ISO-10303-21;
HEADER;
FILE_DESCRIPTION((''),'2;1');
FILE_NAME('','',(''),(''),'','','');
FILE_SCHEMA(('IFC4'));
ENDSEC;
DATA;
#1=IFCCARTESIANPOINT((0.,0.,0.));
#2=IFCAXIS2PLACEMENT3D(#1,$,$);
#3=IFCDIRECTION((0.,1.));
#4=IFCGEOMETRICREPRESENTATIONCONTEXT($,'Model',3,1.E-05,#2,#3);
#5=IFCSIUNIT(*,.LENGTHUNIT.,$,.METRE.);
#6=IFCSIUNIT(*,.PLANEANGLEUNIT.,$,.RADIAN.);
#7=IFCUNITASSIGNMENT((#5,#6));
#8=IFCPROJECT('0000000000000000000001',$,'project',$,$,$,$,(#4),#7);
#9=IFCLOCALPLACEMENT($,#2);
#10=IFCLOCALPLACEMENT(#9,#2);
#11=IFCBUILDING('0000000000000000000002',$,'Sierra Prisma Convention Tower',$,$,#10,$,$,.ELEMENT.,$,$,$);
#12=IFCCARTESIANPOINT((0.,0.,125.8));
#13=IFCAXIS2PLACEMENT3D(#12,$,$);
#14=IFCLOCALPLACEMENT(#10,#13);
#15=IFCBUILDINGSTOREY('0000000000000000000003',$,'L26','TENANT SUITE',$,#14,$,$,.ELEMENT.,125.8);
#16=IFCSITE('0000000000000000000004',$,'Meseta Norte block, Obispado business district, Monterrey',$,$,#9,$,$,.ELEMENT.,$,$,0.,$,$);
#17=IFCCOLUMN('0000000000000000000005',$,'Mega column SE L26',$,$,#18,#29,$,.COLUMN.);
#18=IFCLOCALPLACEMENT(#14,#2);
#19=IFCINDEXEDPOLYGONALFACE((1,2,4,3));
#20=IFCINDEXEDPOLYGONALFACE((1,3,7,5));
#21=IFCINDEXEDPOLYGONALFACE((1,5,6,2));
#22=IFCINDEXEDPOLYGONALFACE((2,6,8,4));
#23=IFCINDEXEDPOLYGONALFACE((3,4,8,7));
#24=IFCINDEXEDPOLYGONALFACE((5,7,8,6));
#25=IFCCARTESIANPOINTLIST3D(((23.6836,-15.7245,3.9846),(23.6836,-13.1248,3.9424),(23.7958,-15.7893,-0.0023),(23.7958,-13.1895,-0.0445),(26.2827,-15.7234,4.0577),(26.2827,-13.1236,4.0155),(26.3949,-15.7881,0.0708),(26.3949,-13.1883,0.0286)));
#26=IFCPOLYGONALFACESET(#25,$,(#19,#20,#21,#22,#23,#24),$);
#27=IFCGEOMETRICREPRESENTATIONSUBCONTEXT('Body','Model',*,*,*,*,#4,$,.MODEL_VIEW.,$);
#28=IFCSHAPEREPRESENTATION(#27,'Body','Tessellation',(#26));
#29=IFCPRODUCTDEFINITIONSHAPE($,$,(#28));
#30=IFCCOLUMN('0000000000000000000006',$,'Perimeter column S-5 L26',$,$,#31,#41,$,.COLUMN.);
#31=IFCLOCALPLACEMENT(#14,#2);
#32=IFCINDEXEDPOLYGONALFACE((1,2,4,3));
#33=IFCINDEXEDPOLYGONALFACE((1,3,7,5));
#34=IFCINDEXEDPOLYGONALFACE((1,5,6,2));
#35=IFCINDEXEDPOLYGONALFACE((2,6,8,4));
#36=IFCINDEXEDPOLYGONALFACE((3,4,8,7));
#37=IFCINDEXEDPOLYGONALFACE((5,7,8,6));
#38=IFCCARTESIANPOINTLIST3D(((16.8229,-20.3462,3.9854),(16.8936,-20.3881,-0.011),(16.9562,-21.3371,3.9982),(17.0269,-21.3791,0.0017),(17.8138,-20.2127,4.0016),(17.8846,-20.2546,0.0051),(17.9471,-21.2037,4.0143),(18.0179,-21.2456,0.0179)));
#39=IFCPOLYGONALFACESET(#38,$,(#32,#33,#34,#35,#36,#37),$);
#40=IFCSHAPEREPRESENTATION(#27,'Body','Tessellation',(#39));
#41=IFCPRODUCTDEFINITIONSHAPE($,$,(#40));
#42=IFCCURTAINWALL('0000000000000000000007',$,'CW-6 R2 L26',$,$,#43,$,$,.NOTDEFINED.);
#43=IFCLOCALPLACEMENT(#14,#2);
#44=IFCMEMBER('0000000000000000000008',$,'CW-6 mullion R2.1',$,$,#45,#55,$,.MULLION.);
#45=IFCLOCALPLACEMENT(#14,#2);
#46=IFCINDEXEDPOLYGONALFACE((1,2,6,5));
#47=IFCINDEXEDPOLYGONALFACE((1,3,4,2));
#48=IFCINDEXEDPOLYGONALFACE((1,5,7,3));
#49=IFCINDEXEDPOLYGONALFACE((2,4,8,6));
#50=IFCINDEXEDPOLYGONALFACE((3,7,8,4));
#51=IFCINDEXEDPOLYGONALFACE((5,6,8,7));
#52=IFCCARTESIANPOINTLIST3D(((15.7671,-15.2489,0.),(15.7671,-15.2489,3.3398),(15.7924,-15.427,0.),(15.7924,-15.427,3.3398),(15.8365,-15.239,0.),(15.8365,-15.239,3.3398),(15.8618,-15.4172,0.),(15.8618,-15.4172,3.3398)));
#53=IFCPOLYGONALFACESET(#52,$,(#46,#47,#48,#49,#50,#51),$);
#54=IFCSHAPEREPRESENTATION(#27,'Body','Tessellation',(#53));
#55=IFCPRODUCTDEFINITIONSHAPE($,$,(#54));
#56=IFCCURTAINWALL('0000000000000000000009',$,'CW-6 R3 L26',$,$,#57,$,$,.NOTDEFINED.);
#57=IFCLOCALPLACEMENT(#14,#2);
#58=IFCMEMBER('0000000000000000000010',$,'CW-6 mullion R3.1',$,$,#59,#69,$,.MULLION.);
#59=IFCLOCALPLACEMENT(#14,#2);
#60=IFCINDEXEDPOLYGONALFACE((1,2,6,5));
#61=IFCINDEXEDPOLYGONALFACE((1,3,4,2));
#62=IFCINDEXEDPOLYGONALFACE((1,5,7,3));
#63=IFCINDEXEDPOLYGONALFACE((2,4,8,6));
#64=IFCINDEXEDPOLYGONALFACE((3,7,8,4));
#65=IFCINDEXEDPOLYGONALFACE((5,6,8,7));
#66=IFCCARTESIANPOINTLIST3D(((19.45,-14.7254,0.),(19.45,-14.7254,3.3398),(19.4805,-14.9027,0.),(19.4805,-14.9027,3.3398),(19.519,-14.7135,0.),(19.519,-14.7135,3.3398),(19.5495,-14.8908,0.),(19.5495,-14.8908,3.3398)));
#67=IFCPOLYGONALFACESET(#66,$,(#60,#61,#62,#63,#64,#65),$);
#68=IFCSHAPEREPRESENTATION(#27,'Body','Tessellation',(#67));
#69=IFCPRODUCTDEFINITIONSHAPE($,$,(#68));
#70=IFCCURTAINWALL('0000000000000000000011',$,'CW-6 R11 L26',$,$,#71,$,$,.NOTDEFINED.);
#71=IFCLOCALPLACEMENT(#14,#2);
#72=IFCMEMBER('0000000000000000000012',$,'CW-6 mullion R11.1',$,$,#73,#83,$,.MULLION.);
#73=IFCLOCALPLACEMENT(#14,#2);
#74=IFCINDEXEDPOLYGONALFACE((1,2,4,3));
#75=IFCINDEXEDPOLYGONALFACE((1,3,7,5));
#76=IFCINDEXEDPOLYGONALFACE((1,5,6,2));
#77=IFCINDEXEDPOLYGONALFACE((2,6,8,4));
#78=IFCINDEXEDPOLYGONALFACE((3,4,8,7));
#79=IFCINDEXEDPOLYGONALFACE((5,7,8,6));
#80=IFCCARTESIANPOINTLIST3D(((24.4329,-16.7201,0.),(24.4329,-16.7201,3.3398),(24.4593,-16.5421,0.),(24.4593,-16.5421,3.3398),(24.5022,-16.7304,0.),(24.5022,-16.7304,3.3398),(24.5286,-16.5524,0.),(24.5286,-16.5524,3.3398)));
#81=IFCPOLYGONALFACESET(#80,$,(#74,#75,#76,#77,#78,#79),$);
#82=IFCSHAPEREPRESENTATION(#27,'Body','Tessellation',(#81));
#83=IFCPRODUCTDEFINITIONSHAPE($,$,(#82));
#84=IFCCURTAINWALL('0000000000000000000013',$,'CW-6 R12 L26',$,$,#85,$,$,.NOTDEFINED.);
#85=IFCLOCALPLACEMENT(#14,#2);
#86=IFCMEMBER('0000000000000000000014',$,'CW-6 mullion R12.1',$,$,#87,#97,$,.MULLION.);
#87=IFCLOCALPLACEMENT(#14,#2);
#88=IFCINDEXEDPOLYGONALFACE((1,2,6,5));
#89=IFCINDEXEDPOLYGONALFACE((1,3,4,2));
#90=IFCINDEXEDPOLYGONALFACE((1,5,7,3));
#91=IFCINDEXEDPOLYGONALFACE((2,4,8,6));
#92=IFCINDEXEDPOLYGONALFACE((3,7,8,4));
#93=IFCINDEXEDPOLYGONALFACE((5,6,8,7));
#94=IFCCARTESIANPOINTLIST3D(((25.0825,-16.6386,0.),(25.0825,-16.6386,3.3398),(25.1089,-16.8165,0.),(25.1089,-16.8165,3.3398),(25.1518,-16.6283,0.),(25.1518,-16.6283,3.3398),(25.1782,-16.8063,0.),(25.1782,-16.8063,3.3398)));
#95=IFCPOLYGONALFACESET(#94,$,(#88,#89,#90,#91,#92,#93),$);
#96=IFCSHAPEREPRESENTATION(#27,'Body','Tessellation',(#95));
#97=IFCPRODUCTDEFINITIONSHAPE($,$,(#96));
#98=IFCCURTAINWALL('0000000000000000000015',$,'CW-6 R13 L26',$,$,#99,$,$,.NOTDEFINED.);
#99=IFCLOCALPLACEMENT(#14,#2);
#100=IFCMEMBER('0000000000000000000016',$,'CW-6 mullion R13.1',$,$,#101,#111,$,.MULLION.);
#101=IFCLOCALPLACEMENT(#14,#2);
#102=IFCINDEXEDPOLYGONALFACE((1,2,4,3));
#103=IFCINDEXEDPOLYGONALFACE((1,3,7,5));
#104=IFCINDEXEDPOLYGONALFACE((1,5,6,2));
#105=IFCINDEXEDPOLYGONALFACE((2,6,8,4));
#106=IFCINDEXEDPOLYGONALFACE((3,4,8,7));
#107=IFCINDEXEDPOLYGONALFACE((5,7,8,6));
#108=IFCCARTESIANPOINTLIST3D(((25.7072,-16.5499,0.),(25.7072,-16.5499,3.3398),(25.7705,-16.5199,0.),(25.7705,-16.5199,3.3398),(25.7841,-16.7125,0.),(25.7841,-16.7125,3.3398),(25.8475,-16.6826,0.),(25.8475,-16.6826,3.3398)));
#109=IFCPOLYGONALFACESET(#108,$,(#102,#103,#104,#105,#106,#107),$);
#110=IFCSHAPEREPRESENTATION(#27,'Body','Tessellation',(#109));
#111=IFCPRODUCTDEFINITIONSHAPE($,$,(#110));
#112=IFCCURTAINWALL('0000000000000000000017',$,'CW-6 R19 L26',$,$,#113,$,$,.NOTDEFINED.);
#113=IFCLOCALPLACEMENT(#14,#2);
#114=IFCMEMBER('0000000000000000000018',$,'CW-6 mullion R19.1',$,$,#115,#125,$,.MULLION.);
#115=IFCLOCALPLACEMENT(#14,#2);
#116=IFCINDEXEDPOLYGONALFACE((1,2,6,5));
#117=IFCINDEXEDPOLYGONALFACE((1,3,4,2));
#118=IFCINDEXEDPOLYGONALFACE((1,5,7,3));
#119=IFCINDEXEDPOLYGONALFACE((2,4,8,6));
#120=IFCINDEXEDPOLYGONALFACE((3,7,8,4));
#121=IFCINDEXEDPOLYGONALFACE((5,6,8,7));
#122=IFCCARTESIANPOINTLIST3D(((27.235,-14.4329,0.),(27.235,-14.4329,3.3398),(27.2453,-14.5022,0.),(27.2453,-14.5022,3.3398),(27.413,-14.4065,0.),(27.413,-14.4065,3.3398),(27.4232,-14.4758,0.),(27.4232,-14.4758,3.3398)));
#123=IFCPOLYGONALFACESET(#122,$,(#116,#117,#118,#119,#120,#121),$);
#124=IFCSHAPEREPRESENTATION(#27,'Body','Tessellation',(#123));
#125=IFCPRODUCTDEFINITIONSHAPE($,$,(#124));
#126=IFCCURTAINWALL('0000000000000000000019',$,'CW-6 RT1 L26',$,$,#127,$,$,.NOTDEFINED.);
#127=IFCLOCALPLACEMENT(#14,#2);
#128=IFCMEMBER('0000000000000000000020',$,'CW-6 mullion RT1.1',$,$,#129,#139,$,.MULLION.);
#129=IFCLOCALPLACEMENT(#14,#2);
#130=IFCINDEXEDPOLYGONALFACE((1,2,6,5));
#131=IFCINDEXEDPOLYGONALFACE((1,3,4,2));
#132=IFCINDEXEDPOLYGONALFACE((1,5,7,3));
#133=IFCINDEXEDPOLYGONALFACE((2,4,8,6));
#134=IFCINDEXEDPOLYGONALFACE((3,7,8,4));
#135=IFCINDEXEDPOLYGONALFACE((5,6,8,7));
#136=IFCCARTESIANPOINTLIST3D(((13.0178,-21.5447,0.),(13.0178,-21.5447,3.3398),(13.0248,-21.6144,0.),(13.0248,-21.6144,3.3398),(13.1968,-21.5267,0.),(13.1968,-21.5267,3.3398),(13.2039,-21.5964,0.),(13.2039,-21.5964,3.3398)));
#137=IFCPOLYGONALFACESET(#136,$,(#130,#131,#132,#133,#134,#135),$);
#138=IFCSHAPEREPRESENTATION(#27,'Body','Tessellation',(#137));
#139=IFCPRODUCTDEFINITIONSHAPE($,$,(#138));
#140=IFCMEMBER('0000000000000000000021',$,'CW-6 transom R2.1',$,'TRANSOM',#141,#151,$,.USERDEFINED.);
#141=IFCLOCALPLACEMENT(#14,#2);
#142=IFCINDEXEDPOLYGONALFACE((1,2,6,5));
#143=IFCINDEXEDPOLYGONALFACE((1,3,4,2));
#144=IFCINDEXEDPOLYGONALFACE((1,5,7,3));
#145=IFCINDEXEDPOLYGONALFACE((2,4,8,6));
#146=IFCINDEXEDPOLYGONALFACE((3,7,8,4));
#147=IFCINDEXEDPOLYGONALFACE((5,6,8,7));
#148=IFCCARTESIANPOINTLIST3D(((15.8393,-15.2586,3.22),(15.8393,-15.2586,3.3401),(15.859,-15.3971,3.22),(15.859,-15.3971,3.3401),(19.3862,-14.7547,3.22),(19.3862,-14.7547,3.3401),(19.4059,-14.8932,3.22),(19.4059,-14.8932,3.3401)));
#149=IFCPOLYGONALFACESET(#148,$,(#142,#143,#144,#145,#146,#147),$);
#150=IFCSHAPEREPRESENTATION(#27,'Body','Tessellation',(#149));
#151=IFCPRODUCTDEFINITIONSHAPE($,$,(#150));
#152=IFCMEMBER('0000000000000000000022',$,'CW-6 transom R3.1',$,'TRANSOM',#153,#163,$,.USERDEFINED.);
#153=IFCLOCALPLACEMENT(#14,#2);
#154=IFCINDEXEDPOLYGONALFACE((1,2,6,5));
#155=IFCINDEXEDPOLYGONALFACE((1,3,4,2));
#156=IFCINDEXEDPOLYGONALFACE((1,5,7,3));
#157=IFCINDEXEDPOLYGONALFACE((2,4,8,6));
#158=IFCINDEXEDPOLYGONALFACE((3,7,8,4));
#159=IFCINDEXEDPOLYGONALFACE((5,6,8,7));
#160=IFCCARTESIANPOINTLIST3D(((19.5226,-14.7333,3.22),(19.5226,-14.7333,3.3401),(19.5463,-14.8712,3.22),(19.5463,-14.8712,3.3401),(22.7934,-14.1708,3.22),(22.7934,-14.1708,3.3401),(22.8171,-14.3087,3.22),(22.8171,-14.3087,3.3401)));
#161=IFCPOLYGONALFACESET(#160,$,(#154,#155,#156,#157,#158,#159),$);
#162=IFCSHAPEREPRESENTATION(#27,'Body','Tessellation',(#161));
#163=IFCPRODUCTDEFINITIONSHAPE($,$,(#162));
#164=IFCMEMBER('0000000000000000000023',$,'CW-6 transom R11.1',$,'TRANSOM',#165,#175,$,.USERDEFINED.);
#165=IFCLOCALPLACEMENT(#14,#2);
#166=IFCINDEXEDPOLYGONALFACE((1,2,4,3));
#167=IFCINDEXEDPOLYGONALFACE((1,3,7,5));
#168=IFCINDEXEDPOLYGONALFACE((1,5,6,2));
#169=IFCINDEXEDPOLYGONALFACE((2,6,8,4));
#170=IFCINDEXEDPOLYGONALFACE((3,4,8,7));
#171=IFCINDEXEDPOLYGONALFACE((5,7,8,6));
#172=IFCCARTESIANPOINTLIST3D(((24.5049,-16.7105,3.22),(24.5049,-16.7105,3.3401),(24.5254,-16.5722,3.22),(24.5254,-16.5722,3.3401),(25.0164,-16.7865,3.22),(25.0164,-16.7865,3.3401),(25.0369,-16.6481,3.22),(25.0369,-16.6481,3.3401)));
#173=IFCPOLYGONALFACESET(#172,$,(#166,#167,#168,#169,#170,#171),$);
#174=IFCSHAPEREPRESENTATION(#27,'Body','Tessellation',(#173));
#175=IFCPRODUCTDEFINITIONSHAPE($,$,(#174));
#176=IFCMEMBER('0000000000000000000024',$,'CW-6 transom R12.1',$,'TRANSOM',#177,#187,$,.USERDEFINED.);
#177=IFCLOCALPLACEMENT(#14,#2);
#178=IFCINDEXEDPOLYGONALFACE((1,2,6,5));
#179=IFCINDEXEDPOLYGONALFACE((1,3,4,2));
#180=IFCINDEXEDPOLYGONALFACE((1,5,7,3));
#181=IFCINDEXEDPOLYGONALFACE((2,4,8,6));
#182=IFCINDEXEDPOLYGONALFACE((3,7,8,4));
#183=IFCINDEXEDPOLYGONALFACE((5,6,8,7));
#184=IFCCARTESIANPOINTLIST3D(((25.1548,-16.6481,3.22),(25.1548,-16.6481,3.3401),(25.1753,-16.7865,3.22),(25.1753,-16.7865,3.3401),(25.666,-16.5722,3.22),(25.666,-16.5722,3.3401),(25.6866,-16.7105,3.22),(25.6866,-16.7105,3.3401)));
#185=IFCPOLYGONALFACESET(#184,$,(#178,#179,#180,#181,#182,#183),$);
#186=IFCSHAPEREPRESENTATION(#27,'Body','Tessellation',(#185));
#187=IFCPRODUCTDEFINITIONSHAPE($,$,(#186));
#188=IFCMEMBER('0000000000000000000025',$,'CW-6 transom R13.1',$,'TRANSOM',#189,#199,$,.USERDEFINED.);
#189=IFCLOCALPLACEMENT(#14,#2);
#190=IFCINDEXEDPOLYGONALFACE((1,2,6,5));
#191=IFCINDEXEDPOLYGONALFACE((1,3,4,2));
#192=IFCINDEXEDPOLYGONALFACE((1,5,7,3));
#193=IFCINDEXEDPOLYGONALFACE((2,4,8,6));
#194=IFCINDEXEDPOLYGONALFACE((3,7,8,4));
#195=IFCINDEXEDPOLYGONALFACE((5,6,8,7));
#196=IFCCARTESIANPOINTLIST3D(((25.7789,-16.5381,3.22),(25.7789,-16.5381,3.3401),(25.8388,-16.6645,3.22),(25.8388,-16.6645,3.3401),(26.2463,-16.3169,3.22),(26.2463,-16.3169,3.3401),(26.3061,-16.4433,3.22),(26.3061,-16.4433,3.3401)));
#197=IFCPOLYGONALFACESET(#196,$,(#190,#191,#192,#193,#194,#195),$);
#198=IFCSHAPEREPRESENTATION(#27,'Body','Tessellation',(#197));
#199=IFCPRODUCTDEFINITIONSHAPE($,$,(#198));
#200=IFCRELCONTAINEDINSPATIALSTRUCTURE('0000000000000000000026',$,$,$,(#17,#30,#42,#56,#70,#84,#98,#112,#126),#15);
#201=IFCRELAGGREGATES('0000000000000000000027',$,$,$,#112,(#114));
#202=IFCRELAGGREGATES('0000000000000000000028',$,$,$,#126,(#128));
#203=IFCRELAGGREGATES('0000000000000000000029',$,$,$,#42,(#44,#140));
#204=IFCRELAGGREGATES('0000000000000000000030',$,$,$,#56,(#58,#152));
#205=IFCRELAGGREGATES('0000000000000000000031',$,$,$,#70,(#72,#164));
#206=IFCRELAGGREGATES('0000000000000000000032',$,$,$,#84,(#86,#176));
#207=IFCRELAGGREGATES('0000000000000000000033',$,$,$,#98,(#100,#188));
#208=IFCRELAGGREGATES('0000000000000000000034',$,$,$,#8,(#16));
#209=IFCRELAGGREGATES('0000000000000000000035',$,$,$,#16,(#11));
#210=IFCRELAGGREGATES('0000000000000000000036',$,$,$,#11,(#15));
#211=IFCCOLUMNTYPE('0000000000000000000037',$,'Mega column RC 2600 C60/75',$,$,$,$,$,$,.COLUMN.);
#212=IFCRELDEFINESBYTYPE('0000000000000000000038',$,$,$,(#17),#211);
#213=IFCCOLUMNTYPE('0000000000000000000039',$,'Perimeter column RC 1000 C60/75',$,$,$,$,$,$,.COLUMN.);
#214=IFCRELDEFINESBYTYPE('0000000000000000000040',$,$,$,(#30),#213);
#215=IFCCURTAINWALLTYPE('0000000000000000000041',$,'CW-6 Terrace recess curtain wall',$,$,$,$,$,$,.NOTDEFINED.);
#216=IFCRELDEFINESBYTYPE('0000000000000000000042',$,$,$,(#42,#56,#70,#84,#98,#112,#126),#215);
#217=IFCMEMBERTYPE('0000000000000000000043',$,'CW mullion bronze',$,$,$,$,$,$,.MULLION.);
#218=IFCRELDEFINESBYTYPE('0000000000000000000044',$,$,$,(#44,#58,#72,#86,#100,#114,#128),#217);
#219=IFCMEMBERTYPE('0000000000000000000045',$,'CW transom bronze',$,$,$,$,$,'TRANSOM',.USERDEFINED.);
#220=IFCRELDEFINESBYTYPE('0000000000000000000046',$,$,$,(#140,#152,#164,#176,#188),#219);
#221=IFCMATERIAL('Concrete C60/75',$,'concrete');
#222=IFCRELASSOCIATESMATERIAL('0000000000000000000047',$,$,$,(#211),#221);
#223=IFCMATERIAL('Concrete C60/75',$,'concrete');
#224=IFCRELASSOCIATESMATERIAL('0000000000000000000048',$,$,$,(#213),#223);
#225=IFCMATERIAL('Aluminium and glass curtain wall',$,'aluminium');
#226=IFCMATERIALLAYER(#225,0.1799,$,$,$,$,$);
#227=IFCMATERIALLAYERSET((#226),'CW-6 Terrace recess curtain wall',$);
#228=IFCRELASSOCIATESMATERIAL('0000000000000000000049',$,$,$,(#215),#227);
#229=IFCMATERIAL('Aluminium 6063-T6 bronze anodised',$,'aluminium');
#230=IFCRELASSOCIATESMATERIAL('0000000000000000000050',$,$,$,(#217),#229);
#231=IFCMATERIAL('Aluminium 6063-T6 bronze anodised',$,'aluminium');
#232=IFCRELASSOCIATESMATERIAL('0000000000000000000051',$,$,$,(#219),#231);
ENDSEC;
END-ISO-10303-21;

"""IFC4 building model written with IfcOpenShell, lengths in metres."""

from ifc_helpers import new_model, si_unit, direction, frame, origin, origin_2d, place, context, subcontext, project, spatial, rectangle, extrude, clip, halfspace, material, layer, layer_set, material_profile, profile_set, type_object, element, aggregate, save


model = new_model("IFC4")

# Units and contexts
model_context = context("Model", 3, precision=1e-05, world=origin(), true_north=direction((0.0, 1.0)))
body_context = subcontext(model_context, "Body", "Model", "MODEL_VIEW")
ifc_project = project(units=[si_unit("LENGTHUNIT", "METRE"), si_unit("PLANEANGLEUNIT", "RADIAN")], contexts=[model_context])

# Site, building, storey
site_placement = place(None, origin())
site = spatial("IfcSite", under=ifc_project, at=site_placement, Name="Meseta Norte block, Obispado business district, Monterrey", CompositionType="ELEMENT", RefElevation=0.0)
building_placement = place(site_placement, origin())
building = spatial("IfcBuilding", under=site, at=building_placement, Name="Sierra Prisma Convention Tower", CompositionType="ELEMENT")
storey_placement = place(building_placement, frame((0.0, 0.0, 125.8)))
storey = spatial("IfcBuildingStorey", under=building, at=storey_placement, Name="L26", Description="TENANT SUITE", CompositionType="ELEMENT", Elevation=125.8)

# Columns
ifc_material_1 = material(Name="Concrete C60/75", Category="concrete")
ifc_material_profile_1 = material_profile(ifc_material_1, rectangle(XDim=2.6001, YDim=2.6001, at=origin_2d()), Name="Mega column RC 2600 C60/75")
ifc_profile_set_1 = profile_set([ifc_material_profile_1], Name="Concrete C60/75")
column_type_1 = type_object("IfcColumnType", Name="Mega column RC 2600 C60/75", PredefinedType="COLUMN", material=ifc_profile_set_1)
column_1_placement = place(storey_placement, frame((25.0957, -14.489, 0.0), z_axis=(-0.028122, 0.016227, 0.999473), x_axis=(0.999604, 0.000457, 0.028119)))
element("IfcColumn", 1, at=column_1_placement, inside=storey, type_object=column_type_1, Name="Mega column SE L26", PredefinedType="COLUMN", context=body_context, shape_type="SweptSolid", body=[
    clip(extrude(rectangle(XDim=2.6001, YDim=2.6001, at=origin_2d()), origin(), (0.0, 0.0, 1.0), 4.0022), halfspace(frame((0.0, 0.0, 0.0132)), True)),
])
ifc_material_2 = material(Name="Concrete C60/75", Category="concrete")
ifc_material_profile_2 = material_profile(ifc_material_2, rectangle(XDim=1.0, YDim=1.0, at=origin_2d()), Name="Perimeter column RC 1000 C60/75")
ifc_profile_set_2 = profile_set([ifc_material_profile_2], Name="Concrete C60/75")
column_type_2 = type_object("IfcColumnType", Name="Perimeter column RC 1000 C60/75", PredefinedType="COLUMN", material=ifc_profile_set_2)
column_2_placement = place(storey_placement, frame((17.4558, -20.8169, 0.0), z_axis=(-0.017696, 0.010496, 0.999788), x_axis=(0.990918, 0.133494, 0.016138)))
element("IfcColumn", 2, at=column_2_placement, inside=storey, type_object=column_type_2, Name="Perimeter column S-5 L26", PredefinedType="COLUMN", context=body_context, shape_type="SweptSolid", body=[
    clip(extrude(rectangle(XDim=1.0, YDim=1.0, at=origin_2d()), origin(), (0.0, 0.0, 1.0), 4.0007), halfspace(frame((0.0, 0.0, 0.0034)), True)),
])

# Curtain walls, members
ifc_material_3 = material(Name="Aluminium and glass curtain wall", Category="aluminium")
ifc_layer_1 = layer(ifc_material_3, 0.1799)
ifc_layer_set_1 = layer_set([ifc_layer_1], Name="CW-6 Terrace recess curtain wall")
curtain_wall_type = type_object("IfcCurtainWallType", Name="CW-6 Terrace recess curtain wall", PredefinedType="NOTDEFINED", material=ifc_layer_set_1)
curtain_wall_1_placement = place(storey_placement, origin())
curtain_wall_1 = element("IfcCurtainWall", 3, at=curtain_wall_1_placement, inside=storey, type_object=curtain_wall_type, Name="CW-6 R2 L26", PredefinedType="NOTDEFINED")
ifc_material_4 = material(Name="Aluminium 6063-T6 bronze anodised", Category="aluminium")
ifc_material_profile_3 = material_profile(ifc_material_4, rectangle(XDim=0.1799, YDim=0.0701, at=origin_2d()), Name="ALU MULLION 70x180")
ifc_profile_set_3 = profile_set([ifc_material_profile_3], Name="Aluminium 6063-T6 bronze anodised")
member_type_1 = type_object("IfcMemberType", Name="CW mullion bronze", PredefinedType="MULLION", material=ifc_profile_set_3)
member_1_placement = place(storey_placement, frame((15.8145, -15.333, 0.0), z_axis=(0.0, 0.0, 1.0), x_axis=(-0.140675, 0.990056, 0.0)))
member_1 = element("IfcMember", 4, at=member_1_placement, type_object=member_type_1, Name="CW-6 mullion R2.1", PredefinedType="MULLION", context=body_context, shape_type="SweptSolid", body=[
    extrude(rectangle(XDim=0.1799, YDim=0.0701, at=origin_2d()), origin(), (0.0, 0.0, 1.0), 3.3398),
])
curtain_wall_2_placement = place(storey_placement, origin())
curtain_wall_2 = element("IfcCurtainWall", 5, at=curtain_wall_2_placement, inside=storey, type_object=curtain_wall_type, Name="CW-6 R3 L26", PredefinedType="NOTDEFINED")
member_2_placement = place(storey_placement, frame((19.4998, -14.8081, 0.0), z_axis=(0.0, 0.0, 1.0), x_axis=(-0.169469, 0.985536, 0.0)))
member_2 = element("IfcMember", 6, at=member_2_placement, type_object=member_type_1, Name="CW-6 mullion R3.1", PredefinedType="MULLION", context=body_context, shape_type="SweptSolid", body=[
    extrude(rectangle(XDim=0.1799, YDim=0.0701, at=origin_2d()), origin(), (0.0, 0.0, 1.0), 3.3398),
])
curtain_wall_3_placement = place(storey_placement, origin())
curtain_wall_3 = element("IfcCurtainWall", 7, at=curtain_wall_3_placement, inside=storey, type_object=curtain_wall_type, Name="CW-6 R11 L26", PredefinedType="NOTDEFINED")
member_3_placement = place(storey_placement, frame((24.4807, -16.6362, 0.0), z_axis=(0.0, 0.0, 1.0), x_axis=(0.14673, 0.989177, 0.0)))
member_3 = element("IfcMember", 8, at=member_3_placement, type_object=member_type_1, Name="CW-6 mullion R11.1", PredefinedType="MULLION", context=body_context, shape_type="SweptSolid", body=[
    extrude(rectangle(XDim=0.1799, YDim=0.0701, at=origin_2d()), origin(), (0.0, 0.0, 1.0), 3.3398),
])
curtain_wall_4_placement = place(storey_placement, origin())
curtain_wall_4 = element("IfcCurtainWall", 9, at=curtain_wall_4_placement, inside=storey, type_object=curtain_wall_type, Name="CW-6 R12 L26", PredefinedType="NOTDEFINED")
member_4_placement = place(storey_placement, frame((25.1304, -16.7224, 0.0), z_axis=(0.0, 0.0, 1.0), x_axis=(-0.14673, 0.989177, 0.0)))
member_4 = element("IfcMember", 10, at=member_4_placement, type_object=member_type_1, Name="CW-6 mullion R12.1", PredefinedType="MULLION", context=body_context, shape_type="SweptSolid", body=[
    extrude(rectangle(XDim=0.1799, YDim=0.0701, at=origin_2d()), origin(), (0.0, 0.0, 1.0), 3.3398),
])
curtain_wall_5_placement = place(storey_placement, origin())
curtain_wall_5 = element("IfcCurtainWall", 11, at=curtain_wall_5_placement, inside=storey, type_object=curtain_wall_type, Name="CW-6 R13 L26", PredefinedType="NOTDEFINED")
member_5_placement = place(storey_placement, frame((25.7773, -16.6162, 0.0), z_axis=(0.0, 0.0, 1.0), x_axis=(-0.427555, 0.903989, 0.0)))
member_5 = element("IfcMember", 12, at=member_5_placement, type_object=member_type_1, Name="CW-6 mullion R13.1", PredefinedType="MULLION", context=body_context, shape_type="SweptSolid", body=[
    extrude(rectangle(XDim=0.1799, YDim=0.0701, at=origin_2d()), origin(), (0.0, 0.0, 1.0), 3.3398),
])
curtain_wall_6_placement = place(storey_placement, origin())
curtain_wall_6 = element("IfcCurtainWall", 13, at=curtain_wall_6_placement, inside=storey, type_object=curtain_wall_type, Name="CW-6 R19 L26", PredefinedType="NOTDEFINED")
member_6_placement = place(storey_placement, frame((27.3291, -14.4543, 0.0), z_axis=(0.0, 0.0, 1.0), x_axis=(-0.989177, -0.14673, 0.0)))
member_6 = element("IfcMember", 14, at=member_6_placement, type_object=member_type_1, Name="CW-6 mullion R19.1", PredefinedType="MULLION", context=body_context, shape_type="SweptSolid", body=[
    extrude(rectangle(XDim=0.1799, YDim=0.0701, at=origin_2d()), origin(), (0.0, 0.0, 1.0), 3.3398),
])
curtain_wall_7_placement = place(storey_placement, origin())
curtain_wall_7 = element("IfcCurtainWall", 15, at=curtain_wall_7_placement, inside=storey, type_object=curtain_wall_type, Name="CW-6 RT1 L26", PredefinedType="NOTDEFINED")
member_7_placement = place(storey_placement, frame((13.1108, -21.5706, 0.0), z_axis=(0.0, 0.0, 1.0), x_axis=(-0.994976, -0.100118, 0.0)))
member_7 = element("IfcMember", 16, at=member_7_placement, type_object=member_type_1, Name="CW-6 mullion RT1.1", PredefinedType="MULLION", context=body_context, shape_type="SweptSolid", body=[
    extrude(rectangle(XDim=0.1799, YDim=0.0701, at=origin_2d()), origin(), (0.0, 0.0, 1.0), 3.3398),
])

# Members
ifc_material_5 = material(Name="Aluminium 6063-T6 bronze anodised", Category="aluminium")
ifc_material_profile_4 = material_profile(ifc_material_5, rectangle(XDim=0.1399, YDim=0.1201, at=origin_2d()), Name="ALU TRANSOM 120x140")
ifc_profile_set_4 = profile_set([ifc_material_profile_4], Name="Aluminium 6063-T6 bronze anodised")
member_type_2 = type_object("IfcMemberType", Name="CW transom bronze", ElementType="TRANSOM", PredefinedType="USERDEFINED", material=ifc_profile_set_4)
member_8_placement = place(storey_placement, frame((15.8491, -15.3279, 3.28), z_axis=(0.990058, 0.140658, 0.0), x_axis=(-0.140658, 0.990058, 0.0)))
member_8 = element("IfcMember", 17, at=member_8_placement, type_object=member_type_2, Name="CW-6 transom R2.1", ObjectType="TRANSOM", PredefinedType="USERDEFINED", context=body_context, shape_type="SweptSolid", body=[
    extrude(rectangle(XDim=0.1399, YDim=0.1201, at=origin_2d()), origin(), (0.0, 0.0, 1.0), 3.5825),
])
member_9_placement = place(storey_placement, frame((19.5344, -14.8022, 3.28), z_axis=(0.985532, 0.169491, 0.0), x_axis=(-0.169491, 0.985532, 0.0)))
member_9 = element("IfcMember", 18, at=member_9_placement, type_object=member_type_2, Name="CW-6 transom R3.1", ObjectType="TRANSOM", PredefinedType="USERDEFINED", context=body_context, shape_type="SweptSolid", body=[
    extrude(rectangle(XDim=0.1399, YDim=0.1201, at=origin_2d()), origin(), (0.0, 0.0, 1.0), 3.3188),
])
member_10_placement = place(storey_placement, frame((24.5151, -16.6414, 3.28), z_axis=(0.98916, -0.14684, 0.0), x_axis=(0.14684, 0.98916, 0.0)))
member_10 = element("IfcMember", 19, at=member_10_placement, type_object=member_type_2, Name="CW-6 transom R11.1", ObjectType="TRANSOM", PredefinedType="USERDEFINED", context=body_context, shape_type="SweptSolid", body=[
    extrude(rectangle(XDim=0.1399, YDim=0.1201, at=origin_2d()), origin(), (0.0, 0.0, 1.0), 0.5171),
])
member_11_placement = place(storey_placement, frame((25.165, -16.7173, 3.28), z_axis=(0.98915, 0.146908, 0.0), x_axis=(-0.146908, 0.98915, 0.0)))
member_11 = element("IfcMember", 20, at=member_11_placement, type_object=member_type_2, Name="CW-6 transom R12.1", ObjectType="TRANSOM", PredefinedType="USERDEFINED", context=body_context, shape_type="SweptSolid", body=[
    extrude(rectangle(XDim=0.1399, YDim=0.1201, at=origin_2d()), origin(), (0.0, 0.0, 1.0), 0.5168),
])
member_12_placement = place(storey_placement, frame((25.8088, -16.6013, 3.28), z_axis=(0.903853, 0.427843, 0.0), x_axis=(-0.427843, 0.903853, 0.0)))
member_12 = element("IfcMember", 21, at=member_12_placement, type_object=member_type_2, Name="CW-6 transom R13.1", ObjectType="TRANSOM", PredefinedType="USERDEFINED", context=body_context, shape_type="SweptSolid", body=[
    extrude(rectangle(XDim=0.1399, YDim=0.1201, at=origin_2d()), origin(), (0.0, 0.0, 1.0), 0.5171),
])
aggregate(curtain_wall_6, [member_6])
aggregate(curtain_wall_7, [member_7])

aggregate(curtain_wall_1, [member_1, member_8])
aggregate(curtain_wall_2, [member_2, member_9])
aggregate(curtain_wall_3, [member_3, member_10])
aggregate(curtain_wall_4, [member_4, member_11])
aggregate(curtain_wall_5, [member_5, member_12])

save(model, "model.ifc")
